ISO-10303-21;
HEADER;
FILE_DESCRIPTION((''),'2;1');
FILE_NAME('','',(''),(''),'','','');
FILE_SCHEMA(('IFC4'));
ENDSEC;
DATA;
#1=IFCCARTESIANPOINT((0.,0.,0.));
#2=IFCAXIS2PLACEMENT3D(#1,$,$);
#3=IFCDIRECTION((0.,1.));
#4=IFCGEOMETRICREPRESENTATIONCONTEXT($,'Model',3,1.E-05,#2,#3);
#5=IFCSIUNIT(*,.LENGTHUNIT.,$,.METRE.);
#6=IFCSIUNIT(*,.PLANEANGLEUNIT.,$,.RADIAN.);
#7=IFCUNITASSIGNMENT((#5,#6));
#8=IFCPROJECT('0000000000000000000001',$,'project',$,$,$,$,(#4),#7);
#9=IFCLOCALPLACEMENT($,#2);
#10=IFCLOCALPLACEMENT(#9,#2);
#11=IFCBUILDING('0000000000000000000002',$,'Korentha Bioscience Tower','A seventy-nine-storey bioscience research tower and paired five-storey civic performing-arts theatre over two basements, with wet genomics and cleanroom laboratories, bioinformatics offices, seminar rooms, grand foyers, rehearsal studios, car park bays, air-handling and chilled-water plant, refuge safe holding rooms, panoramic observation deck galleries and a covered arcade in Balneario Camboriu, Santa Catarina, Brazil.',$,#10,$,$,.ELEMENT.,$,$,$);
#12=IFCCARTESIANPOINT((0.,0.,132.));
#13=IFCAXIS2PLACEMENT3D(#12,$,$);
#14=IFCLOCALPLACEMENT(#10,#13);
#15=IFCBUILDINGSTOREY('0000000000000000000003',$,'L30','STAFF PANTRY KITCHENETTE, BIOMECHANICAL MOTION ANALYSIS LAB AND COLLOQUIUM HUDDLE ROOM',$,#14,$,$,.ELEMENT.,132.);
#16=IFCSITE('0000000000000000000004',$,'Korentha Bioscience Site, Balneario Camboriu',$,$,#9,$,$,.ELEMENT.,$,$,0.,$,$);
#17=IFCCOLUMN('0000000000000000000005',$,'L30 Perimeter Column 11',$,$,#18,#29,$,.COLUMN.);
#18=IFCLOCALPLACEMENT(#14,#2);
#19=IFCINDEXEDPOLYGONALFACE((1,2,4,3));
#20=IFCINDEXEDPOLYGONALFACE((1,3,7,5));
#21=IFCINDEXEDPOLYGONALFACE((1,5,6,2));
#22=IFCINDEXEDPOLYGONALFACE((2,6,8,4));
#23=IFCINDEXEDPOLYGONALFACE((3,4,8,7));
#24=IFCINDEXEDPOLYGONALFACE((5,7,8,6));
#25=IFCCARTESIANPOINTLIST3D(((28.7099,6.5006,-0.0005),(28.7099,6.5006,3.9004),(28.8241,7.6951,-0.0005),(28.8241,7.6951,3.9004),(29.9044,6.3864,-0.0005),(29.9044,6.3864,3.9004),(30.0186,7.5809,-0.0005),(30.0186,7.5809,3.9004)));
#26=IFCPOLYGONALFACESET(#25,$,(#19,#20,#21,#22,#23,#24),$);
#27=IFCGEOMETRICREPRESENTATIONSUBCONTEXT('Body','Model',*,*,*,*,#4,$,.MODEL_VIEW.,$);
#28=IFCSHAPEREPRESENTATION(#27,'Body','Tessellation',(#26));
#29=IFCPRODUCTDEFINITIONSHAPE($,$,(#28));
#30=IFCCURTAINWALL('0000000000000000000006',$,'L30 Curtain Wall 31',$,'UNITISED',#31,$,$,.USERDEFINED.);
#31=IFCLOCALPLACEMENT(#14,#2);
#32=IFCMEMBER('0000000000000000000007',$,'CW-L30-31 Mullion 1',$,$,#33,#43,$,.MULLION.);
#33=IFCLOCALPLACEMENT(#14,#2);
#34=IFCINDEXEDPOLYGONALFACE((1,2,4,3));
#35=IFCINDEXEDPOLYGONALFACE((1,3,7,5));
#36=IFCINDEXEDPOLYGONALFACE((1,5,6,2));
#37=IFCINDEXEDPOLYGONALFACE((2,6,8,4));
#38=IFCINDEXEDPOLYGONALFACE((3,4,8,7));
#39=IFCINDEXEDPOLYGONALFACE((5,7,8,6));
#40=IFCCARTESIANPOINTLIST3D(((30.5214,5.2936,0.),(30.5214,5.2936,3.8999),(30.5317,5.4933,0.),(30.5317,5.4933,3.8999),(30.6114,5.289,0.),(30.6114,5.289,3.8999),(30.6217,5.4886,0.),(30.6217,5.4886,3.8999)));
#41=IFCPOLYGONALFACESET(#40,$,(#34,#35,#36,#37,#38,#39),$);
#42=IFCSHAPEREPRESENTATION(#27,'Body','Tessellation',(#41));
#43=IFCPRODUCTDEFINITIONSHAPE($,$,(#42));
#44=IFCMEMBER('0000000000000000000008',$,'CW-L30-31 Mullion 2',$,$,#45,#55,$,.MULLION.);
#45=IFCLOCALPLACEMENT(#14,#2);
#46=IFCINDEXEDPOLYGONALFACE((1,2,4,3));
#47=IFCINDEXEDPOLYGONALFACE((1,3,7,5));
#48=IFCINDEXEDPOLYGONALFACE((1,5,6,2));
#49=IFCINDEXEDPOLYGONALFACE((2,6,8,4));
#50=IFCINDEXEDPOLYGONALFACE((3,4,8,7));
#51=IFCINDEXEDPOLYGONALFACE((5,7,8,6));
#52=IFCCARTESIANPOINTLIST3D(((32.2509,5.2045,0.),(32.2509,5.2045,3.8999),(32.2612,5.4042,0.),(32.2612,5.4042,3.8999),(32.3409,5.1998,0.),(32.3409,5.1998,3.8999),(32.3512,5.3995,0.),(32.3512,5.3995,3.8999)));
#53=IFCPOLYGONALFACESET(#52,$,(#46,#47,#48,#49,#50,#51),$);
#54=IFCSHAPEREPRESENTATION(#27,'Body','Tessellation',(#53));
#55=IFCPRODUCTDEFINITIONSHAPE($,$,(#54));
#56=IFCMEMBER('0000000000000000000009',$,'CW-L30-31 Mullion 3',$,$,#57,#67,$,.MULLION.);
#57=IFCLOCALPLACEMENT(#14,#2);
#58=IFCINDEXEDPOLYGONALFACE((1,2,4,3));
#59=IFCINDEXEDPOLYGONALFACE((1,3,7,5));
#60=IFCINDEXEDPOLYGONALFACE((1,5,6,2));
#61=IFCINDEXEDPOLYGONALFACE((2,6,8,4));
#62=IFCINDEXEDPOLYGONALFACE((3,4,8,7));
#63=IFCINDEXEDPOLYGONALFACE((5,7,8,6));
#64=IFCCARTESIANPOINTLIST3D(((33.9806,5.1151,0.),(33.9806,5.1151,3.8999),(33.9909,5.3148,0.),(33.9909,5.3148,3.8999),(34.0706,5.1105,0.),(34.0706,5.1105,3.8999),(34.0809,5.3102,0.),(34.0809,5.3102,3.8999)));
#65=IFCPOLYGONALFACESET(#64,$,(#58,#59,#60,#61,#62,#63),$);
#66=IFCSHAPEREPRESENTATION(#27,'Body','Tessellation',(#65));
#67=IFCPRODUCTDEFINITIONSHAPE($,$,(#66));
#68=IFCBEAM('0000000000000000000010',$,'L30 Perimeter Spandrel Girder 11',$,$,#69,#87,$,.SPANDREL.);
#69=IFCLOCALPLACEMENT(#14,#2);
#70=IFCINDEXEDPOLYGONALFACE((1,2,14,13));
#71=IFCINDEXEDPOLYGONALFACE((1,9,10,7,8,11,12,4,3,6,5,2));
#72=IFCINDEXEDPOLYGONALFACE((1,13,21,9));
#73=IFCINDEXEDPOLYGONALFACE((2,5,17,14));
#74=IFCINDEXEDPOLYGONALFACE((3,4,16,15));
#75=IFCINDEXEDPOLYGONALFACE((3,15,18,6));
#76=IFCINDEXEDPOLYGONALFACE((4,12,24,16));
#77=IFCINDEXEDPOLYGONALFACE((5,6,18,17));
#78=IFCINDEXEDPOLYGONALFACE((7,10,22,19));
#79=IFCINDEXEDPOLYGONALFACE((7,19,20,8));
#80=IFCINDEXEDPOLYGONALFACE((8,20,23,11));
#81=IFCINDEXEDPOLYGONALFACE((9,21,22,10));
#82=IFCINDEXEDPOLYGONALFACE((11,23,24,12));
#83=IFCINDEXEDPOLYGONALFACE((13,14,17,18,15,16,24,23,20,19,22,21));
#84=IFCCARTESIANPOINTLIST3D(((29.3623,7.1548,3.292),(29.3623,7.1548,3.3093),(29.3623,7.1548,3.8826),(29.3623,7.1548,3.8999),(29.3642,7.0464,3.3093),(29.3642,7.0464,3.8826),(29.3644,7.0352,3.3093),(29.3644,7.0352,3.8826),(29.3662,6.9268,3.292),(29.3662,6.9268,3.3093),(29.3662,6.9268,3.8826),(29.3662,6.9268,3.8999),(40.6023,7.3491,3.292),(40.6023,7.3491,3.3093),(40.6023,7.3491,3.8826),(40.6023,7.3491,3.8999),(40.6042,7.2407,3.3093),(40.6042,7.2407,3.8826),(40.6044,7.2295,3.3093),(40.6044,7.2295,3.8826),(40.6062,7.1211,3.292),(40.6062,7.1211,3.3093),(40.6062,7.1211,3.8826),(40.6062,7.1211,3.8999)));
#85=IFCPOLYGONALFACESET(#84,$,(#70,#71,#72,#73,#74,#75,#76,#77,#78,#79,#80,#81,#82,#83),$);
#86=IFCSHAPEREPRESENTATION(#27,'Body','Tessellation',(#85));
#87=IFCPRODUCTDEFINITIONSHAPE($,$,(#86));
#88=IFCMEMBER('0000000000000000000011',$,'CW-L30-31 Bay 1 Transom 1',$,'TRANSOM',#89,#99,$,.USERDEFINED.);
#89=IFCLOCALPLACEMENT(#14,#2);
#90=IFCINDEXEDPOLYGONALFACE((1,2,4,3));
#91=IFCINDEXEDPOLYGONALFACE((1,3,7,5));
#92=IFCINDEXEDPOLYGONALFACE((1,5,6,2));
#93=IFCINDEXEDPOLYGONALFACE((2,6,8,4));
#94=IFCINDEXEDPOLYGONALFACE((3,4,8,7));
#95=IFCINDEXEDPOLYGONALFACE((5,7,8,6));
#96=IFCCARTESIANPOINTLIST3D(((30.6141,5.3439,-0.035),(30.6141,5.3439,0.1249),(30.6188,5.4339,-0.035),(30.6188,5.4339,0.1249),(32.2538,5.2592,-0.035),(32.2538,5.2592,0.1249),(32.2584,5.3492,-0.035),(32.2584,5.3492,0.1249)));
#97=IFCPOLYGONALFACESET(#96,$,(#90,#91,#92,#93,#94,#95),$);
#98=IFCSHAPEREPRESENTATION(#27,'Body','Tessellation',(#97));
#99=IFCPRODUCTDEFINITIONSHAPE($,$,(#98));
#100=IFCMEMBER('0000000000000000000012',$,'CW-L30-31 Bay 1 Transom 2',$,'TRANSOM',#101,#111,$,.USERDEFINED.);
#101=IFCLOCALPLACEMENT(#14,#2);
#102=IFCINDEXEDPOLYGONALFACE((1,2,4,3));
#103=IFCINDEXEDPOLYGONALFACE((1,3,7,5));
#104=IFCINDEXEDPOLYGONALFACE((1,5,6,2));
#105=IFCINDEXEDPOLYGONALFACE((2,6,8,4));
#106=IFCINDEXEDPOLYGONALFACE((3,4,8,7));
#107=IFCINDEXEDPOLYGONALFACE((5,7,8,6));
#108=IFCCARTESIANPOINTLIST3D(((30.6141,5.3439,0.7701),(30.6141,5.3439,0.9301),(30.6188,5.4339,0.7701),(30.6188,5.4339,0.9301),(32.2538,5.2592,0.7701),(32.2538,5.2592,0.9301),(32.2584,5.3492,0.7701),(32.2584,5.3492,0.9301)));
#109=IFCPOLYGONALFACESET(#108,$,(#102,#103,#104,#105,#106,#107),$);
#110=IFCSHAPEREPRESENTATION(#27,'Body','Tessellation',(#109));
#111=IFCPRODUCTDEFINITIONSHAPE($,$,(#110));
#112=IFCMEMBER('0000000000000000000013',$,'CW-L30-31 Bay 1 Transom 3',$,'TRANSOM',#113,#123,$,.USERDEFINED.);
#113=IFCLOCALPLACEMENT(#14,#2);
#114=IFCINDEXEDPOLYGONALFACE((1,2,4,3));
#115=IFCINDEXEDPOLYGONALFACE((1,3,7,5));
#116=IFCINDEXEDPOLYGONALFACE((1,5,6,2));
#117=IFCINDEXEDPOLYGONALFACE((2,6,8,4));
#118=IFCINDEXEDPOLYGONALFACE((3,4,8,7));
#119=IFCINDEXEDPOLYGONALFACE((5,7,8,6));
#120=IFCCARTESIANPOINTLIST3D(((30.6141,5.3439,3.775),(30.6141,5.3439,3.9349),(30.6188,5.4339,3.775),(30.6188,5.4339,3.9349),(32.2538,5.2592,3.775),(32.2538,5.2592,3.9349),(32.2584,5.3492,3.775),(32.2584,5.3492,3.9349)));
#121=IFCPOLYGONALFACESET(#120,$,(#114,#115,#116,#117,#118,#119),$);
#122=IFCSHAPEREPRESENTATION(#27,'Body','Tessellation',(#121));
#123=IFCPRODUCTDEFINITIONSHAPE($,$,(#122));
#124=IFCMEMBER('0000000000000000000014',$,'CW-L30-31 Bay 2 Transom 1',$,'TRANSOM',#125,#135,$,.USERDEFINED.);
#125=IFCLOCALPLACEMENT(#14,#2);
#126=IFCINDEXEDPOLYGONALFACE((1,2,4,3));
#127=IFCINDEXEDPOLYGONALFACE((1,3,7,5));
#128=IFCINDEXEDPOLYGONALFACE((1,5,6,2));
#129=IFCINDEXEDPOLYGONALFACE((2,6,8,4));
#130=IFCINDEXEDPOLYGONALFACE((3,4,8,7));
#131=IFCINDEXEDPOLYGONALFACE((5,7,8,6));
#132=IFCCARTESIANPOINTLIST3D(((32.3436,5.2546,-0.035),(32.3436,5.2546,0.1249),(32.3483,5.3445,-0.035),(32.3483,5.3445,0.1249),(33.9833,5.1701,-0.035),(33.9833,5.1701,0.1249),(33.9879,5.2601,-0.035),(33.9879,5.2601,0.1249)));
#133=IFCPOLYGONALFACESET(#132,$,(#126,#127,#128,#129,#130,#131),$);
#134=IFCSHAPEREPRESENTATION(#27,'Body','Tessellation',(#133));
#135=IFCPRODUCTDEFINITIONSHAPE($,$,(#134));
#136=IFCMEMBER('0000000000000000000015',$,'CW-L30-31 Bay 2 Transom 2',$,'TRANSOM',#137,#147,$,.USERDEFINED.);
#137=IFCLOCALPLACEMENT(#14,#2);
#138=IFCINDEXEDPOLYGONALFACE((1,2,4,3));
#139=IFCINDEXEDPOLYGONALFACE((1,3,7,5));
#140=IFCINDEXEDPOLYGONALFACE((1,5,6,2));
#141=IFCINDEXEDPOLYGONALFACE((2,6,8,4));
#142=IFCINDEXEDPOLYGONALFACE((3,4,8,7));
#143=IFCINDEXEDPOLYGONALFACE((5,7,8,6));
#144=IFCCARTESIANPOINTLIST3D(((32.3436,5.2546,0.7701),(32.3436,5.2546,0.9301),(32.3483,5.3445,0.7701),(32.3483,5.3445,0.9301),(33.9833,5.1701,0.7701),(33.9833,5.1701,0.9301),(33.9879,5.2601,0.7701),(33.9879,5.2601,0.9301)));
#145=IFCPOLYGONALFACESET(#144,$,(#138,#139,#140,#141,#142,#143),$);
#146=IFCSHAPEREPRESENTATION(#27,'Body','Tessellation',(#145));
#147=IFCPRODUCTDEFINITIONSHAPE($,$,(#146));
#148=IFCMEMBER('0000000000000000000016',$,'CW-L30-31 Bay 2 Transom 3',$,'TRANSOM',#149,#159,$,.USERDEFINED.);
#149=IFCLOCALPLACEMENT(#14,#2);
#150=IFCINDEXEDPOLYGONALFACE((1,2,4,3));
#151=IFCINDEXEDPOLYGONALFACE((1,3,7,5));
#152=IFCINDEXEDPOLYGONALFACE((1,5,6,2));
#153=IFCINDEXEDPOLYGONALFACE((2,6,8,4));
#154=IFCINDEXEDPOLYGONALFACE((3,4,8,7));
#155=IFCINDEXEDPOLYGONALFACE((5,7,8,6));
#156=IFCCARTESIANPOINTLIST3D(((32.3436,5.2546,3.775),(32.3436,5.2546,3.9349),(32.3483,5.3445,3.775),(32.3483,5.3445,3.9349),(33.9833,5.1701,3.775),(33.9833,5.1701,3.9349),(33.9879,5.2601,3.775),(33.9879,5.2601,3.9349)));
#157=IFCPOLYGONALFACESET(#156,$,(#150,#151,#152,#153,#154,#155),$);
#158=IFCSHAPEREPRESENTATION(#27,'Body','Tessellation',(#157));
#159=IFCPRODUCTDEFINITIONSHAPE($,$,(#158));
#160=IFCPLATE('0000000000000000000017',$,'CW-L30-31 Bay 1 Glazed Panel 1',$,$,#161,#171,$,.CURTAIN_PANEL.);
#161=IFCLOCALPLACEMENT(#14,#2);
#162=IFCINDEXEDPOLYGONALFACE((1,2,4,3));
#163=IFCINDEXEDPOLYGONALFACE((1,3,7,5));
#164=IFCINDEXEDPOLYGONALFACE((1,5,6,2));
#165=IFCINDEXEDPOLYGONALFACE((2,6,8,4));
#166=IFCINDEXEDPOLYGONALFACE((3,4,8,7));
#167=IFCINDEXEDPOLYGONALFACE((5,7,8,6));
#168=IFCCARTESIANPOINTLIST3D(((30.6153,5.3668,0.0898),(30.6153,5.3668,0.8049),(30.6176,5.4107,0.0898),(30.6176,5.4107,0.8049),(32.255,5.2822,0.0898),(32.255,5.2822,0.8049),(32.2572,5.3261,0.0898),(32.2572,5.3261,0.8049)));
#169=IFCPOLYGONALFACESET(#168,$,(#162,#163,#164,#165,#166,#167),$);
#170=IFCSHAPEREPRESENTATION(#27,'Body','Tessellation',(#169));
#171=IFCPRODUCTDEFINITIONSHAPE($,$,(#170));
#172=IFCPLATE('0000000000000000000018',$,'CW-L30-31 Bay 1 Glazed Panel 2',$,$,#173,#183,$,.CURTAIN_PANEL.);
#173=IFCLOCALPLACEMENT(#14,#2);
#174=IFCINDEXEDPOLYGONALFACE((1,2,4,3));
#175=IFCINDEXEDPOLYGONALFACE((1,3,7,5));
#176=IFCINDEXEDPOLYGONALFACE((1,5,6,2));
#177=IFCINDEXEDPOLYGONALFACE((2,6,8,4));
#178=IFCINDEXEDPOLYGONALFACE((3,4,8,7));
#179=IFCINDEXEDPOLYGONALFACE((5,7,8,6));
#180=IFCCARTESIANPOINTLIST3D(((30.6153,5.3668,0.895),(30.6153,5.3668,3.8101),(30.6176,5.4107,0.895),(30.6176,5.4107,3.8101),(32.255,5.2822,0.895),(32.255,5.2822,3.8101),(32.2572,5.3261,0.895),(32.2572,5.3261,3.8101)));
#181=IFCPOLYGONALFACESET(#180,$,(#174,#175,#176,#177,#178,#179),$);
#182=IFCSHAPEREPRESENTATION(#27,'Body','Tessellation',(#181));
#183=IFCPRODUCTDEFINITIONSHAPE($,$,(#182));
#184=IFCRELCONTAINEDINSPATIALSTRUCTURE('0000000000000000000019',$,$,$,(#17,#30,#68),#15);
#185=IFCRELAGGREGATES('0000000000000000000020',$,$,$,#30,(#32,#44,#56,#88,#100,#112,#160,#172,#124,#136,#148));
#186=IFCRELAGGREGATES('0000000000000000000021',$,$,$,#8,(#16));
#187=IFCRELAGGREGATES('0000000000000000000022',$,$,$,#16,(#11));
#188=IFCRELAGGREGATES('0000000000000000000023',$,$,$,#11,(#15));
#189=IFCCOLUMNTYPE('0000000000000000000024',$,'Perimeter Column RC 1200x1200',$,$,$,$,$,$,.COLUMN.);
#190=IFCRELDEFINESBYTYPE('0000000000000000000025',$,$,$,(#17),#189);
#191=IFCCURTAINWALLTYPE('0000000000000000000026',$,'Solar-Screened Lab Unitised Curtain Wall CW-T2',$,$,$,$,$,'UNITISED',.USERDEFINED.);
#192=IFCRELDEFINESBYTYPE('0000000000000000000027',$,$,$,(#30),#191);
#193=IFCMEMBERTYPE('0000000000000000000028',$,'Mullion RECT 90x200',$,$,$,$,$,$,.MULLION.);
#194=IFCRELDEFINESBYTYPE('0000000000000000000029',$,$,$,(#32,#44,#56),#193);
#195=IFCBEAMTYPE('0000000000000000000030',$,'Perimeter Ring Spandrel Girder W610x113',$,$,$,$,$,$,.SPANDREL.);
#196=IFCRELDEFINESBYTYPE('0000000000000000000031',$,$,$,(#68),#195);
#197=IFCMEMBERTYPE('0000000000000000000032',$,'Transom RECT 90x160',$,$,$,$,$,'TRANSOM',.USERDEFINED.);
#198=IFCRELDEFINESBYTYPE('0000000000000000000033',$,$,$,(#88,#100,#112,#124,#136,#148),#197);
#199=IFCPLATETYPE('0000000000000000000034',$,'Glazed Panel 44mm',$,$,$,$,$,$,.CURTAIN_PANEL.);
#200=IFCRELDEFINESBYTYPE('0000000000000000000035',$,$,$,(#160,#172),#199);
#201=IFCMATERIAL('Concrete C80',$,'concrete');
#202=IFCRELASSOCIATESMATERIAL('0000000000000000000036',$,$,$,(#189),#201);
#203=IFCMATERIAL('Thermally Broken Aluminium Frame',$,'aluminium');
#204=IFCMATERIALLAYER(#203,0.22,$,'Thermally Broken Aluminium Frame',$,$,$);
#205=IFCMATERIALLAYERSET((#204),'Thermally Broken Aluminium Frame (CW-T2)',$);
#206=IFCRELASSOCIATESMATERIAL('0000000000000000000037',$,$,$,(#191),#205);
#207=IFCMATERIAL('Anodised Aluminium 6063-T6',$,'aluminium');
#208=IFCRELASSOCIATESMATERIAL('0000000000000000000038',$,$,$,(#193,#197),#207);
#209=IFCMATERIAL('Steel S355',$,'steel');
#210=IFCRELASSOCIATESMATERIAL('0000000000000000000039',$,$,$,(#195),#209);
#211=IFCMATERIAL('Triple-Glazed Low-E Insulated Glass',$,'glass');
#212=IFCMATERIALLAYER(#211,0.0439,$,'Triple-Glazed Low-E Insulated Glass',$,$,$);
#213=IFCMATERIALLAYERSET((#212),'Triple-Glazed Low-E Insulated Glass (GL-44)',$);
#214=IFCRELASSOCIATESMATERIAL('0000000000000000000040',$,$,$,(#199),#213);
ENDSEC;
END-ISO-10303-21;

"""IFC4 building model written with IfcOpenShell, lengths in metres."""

from ifc_helpers import new_model, si_unit, direction, frame, origin, origin_2d, place, context, subcontext, project, spatial, rectangle, i_section, extrude, material, layer, layer_set, material_profile, profile_set, type_object, element, aggregate, save


model = new_model("IFC4")

# Units and contexts
model_context = context("Model", 3, precision=1e-05, world=origin(), true_north=direction((0.0, 1.0)))
body_context = subcontext(model_context, "Body", "Model", "MODEL_VIEW")
ifc_project = project(units=[si_unit("LENGTHUNIT", "METRE"), si_unit("PLANEANGLEUNIT", "RADIAN")], contexts=[model_context])

# Site, building, storey
site_placement = place(None, origin())
site = spatial("IfcSite", under=ifc_project, at=site_placement, Name="Korentha Bioscience Site, Balneario Camboriu", CompositionType="ELEMENT", RefElevation=0.0)
building_placement = place(site_placement, origin())
building = spatial("IfcBuilding", under=site, at=building_placement, Name="Korentha Bioscience Tower", Description="A seventy-nine-storey bioscience research tower and paired five-storey civic performing-arts theatre over two basements, with wet genomics and cleanroom laboratories, bioinformatics offices, seminar rooms, grand foyers, rehearsal studios, car park bays, air-handling and chilled-water plant, refuge safe holding rooms, panoramic observation deck galleries and a covered arcade in Balneario Camboriu, Santa Catarina, Brazil.", CompositionType="ELEMENT")
storey_placement = place(building_placement, frame((0.0, 0.0, 132.0)))
storey = spatial("IfcBuildingStorey", under=building, at=storey_placement, Name="L30", Description="STAFF PANTRY KITCHENETTE, BIOMECHANICAL MOTION ANALYSIS LAB AND COLLOQUIUM HUDDLE ROOM", CompositionType="ELEMENT", Elevation=132.0)

# Column
ifc_material_1 = material(Name="Concrete C80", Category="concrete")
ifc_material_profile_1 = material_profile(ifc_material_1, rectangle(XDim=1.2, YDim=1.2, at=origin_2d()), Name="Concrete C80")
ifc_profile_set_1 = profile_set([ifc_material_profile_1], Name="Concrete C80 (COL-P12)")
column_type = type_object("IfcColumnType", Name="Perimeter Column RC 1200x1200", PredefinedType="COLUMN", material=ifc_profile_set_1)
column_placement = place(storey_placement, frame((29.3643, 7.0408, -0.0005), z_axis=(0.0, 0.0, 1.0), x_axis=(-0.995463, 0.095151, 0.0)))
element("IfcColumn", 1, at=column_placement, inside=storey, type_object=column_type, Name="L30 Perimeter Column 11", PredefinedType="COLUMN", context=body_context, shape_type="SweptSolid", body=[
    extrude(rectangle(XDim=1.2, YDim=1.2, at=origin_2d()), origin(), (0.0, 0.0, 1.0), 3.9009),
])

# Curtain wall, members
ifc_material_2 = material(Name="Thermally Broken Aluminium Frame", Category="aluminium")
ifc_layer_1 = layer(ifc_material_2, 0.22, Name="Thermally Broken Aluminium Frame")
ifc_layer_set_1 = layer_set([ifc_layer_1], Name="Thermally Broken Aluminium Frame (CW-T2)")
curtain_wall_type = type_object("IfcCurtainWallType", Name="Solar-Screened Lab Unitised Curtain Wall CW-T2", ElementType="UNITISED", PredefinedType="USERDEFINED", material=ifc_layer_set_1)
curtain_wall_placement = place(storey_placement, origin())
curtain_wall = element("IfcCurtainWall", 2, at=curtain_wall_placement, inside=storey, type_object=curtain_wall_type, Name="L30 Curtain Wall 31", ObjectType="UNITISED", PredefinedType="USERDEFINED")
ifc_material_3 = material(Name="Anodised Aluminium 6063-T6", Category="aluminium")
ifc_material_profile_2 = material_profile(ifc_material_3, rectangle(XDim=0.0901, YDim=0.2, at=origin_2d()), Name="Anodised Aluminium 6063-T6")
ifc_profile_set_2 = profile_set([ifc_material_profile_2], Name="Anodised Aluminium 6063-T6 (CW-MUL)")
member_type_1 = type_object("IfcMemberType", Name="Mullion RECT 90x200", PredefinedType="MULLION", material=ifc_profile_set_2)
member_1_placement = place(storey_placement, frame((30.5715, 5.3911, 0.0), z_axis=(0.0, 0.0, 1.0), x_axis=(0.998673, -0.051495, 0.0)))
member_1 = element("IfcMember", 3, at=member_1_placement, type_object=member_type_1, Name="CW-L30-31 Mullion 1", PredefinedType="MULLION", context=body_context, shape_type="SweptSolid", body=[
    extrude(rectangle(XDim=0.0901, YDim=0.2, at=origin_2d()), origin(), (0.0, 0.0, 1.0), 3.8999),
])
member_2_placement = place(storey_placement, frame((32.301, 5.302, 0.0), z_axis=(0.0, 0.0, 1.0), x_axis=(0.998673, -0.051495, 0.0)))
member_2 = element("IfcMember", 4, at=member_2_placement, type_object=member_type_1, Name="CW-L30-31 Mullion 2", PredefinedType="MULLION", context=body_context, shape_type="SweptSolid", body=[
    extrude(rectangle(XDim=0.0901, YDim=0.2, at=origin_2d()), origin(), (0.0, 0.0, 1.0), 3.8999),
])
member_3_placement = place(storey_placement, frame((34.0308, 5.2126, 0.0), z_axis=(0.0, 0.0, 1.0), x_axis=(0.998673, -0.051495, 0.0)))
member_3 = element("IfcMember", 5, at=member_3_placement, type_object=member_type_1, Name="CW-L30-31 Mullion 3", PredefinedType="MULLION", context=body_context, shape_type="SweptSolid", body=[
    extrude(rectangle(XDim=0.0901, YDim=0.2, at=origin_2d()), origin(), (0.0, 0.0, 1.0), 3.8999),
])

# Beam
ifc_material_4 = material(Name="Steel S355", Category="steel")
ifc_material_profile_3 = material_profile(ifc_material_4, i_section(OverallWidth=0.228, OverallDepth=0.6079, WebThickness=0.0112, FlangeThickness=0.0173, at=origin_2d()), Name="Steel S355")
ifc_profile_set_3 = profile_set([ifc_material_profile_3], Name="Steel S355 (SB-610)")
beam_type = type_object("IfcBeamType", Name="Perimeter Ring Spandrel Girder W610x113", PredefinedType="SPANDREL", material=ifc_profile_set_3)
beam_placement = place(storey_placement, frame((29.3643, 7.0408, 3.5959), z_axis=(0.999851, 0.017287, 0.0), x_axis=(-0.017287, 0.999851, 0.0)))
element("IfcBeam", 6, at=beam_placement, inside=storey, type_object=beam_type, Name="L30 Perimeter Spandrel Girder 11", PredefinedType="SPANDREL", context=body_context, shape_type="SweptSolid", body=[
    extrude(i_section(OverallWidth=0.228, OverallDepth=0.6079, WebThickness=0.0112, FlangeThickness=0.0173, at=origin_2d()), origin(), (0.0, 0.0, 1.0), 11.2417),
])

# Members
ifc_material_profile_4 = material_profile(ifc_material_3, rectangle(XDim=0.0901, YDim=0.1599, at=origin_2d()), Name="Anodised Aluminium 6063-T6")
ifc_profile_set_4 = profile_set([ifc_material_profile_4], Name="Anodised Aluminium 6063-T6 (CW-TRN)")
member_type_2 = type_object("IfcMemberType", Name="Transom RECT 90x160", ElementType="TRANSOM", PredefinedType="USERDEFINED", material=ifc_profile_set_4)
member_4_placement = place(storey_placement, frame((30.6165, 5.3889, 0.0449), z_axis=(0.998668, -0.051599, 0.0), x_axis=(0.051599, 0.998668, 0.0)))
member_4 = element("IfcMember", 7, at=member_4_placement, type_object=member_type_2, Name="CW-L30-31 Bay 1 Transom 1", ObjectType="TRANSOM", PredefinedType="USERDEFINED", context=body_context, shape_type="SweptSolid", body=[
    extrude(rectangle(XDim=0.0901, YDim=0.1599, at=origin_2d()), origin(), (0.0, 0.0, 1.0), 1.6418),
])
member_5_placement = place(storey_placement, frame((30.6165, 5.3889, 0.8501), z_axis=(0.998668, -0.051599, 0.0), x_axis=(0.051599, 0.998668, 0.0)))
member_5 = element("IfcMember", 8, at=member_5_placement, type_object=member_type_2, Name="CW-L30-31 Bay 1 Transom 2", ObjectType="TRANSOM", PredefinedType="USERDEFINED", context=body_context, shape_type="SweptSolid", body=[
    extrude(rectangle(XDim=0.0901, YDim=0.1599, at=origin_2d()), origin(), (0.0, 0.0, 1.0), 1.6418),
])
member_6_placement = place(storey_placement, frame((30.6165, 5.3889, 3.855), z_axis=(0.998668, -0.051599, 0.0), x_axis=(0.051599, 0.998668, 0.0)))
member_6 = element("IfcMember", 9, at=member_6_placement, type_object=member_type_2, Name="CW-L30-31 Bay 1 Transom 3", ObjectType="TRANSOM", PredefinedType="USERDEFINED", context=body_context, shape_type="SweptSolid", body=[
    extrude(rectangle(XDim=0.0901, YDim=0.1599, at=origin_2d()), origin(), (0.0, 0.0, 1.0), 1.6418),
])
member_7_placement = place(storey_placement, frame((32.3459, 5.2996, 0.0449), z_axis=(0.998676, -0.051451, 0.0), x_axis=(0.051451, 0.998676, 0.0)))
member_7 = element("IfcMember", 10, at=member_7_placement, type_object=member_type_2, Name="CW-L30-31 Bay 2 Transom 1", ObjectType="TRANSOM", PredefinedType="USERDEFINED", context=body_context, shape_type="SweptSolid", body=[
    extrude(rectangle(XDim=0.0901, YDim=0.1599, at=origin_2d()), origin(), (0.0, 0.0, 1.0), 1.6418),
])
member_8_placement = place(storey_placement, frame((32.3459, 5.2996, 0.8501), z_axis=(0.998676, -0.051451, 0.0), x_axis=(0.051451, 0.998676, 0.0)))
member_8 = element("IfcMember", 11, at=member_8_placement, type_object=member_type_2, Name="CW-L30-31 Bay 2 Transom 2", ObjectType="TRANSOM", PredefinedType="USERDEFINED", context=body_context, shape_type="SweptSolid", body=[
    extrude(rectangle(XDim=0.0901, YDim=0.1599, at=origin_2d()), origin(), (0.0, 0.0, 1.0), 1.6418),
])
member_9_placement = place(storey_placement, frame((32.3459, 5.2996, 3.855), z_axis=(0.998676, -0.051451, 0.0), x_axis=(0.051451, 0.998676, 0.0)))
member_9 = element("IfcMember", 12, at=member_9_placement, type_object=member_type_2, Name="CW-L30-31 Bay 2 Transom 3", ObjectType="TRANSOM", PredefinedType="USERDEFINED", context=body_context, shape_type="SweptSolid", body=[
    extrude(rectangle(XDim=0.0901, YDim=0.1599, at=origin_2d()), origin(), (0.0, 0.0, 1.0), 1.6418),
])

# Plates
ifc_material_5 = material(Name="Triple-Glazed Low-E Insulated Glass", Category="glass")
ifc_layer_2 = layer(ifc_material_5, 0.0439, Name="Triple-Glazed Low-E Insulated Glass")
ifc_layer_set_2 = layer_set([ifc_layer_2], Name="Triple-Glazed Low-E Insulated Glass (GL-44)")
plate_type = type_object("IfcPlateType", Name="Glazed Panel 44mm", PredefinedType="CURTAIN_PANEL", material=ifc_layer_set_2)
plate_1_placement = place(storey_placement, frame((31.4363, 5.3464, 0.0898), z_axis=(0.0, 0.0, 1.0), x_axis=(0.998673, -0.051495, 0.0)))
plate_1 = element("IfcPlate", 13, at=plate_1_placement, type_object=plate_type, Name="CW-L30-31 Bay 1 Glazed Panel 1", PredefinedType="CURTAIN_PANEL", context=body_context, shape_type="SweptSolid", body=[
    extrude(rectangle(XDim=1.6418, YDim=0.0439, at=origin_2d()), origin(), (0.0, 0.0, 1.0), 0.7151),
])
plate_2_placement = place(storey_placement, frame((31.4363, 5.3464, 0.895), z_axis=(0.0, 0.0, 1.0), x_axis=(0.998673, -0.051495, 0.0)))
plate_2 = element("IfcPlate", 14, at=plate_2_placement, type_object=plate_type, Name="CW-L30-31 Bay 1 Glazed Panel 2", PredefinedType="CURTAIN_PANEL", context=body_context, shape_type="SweptSolid", body=[
    extrude(rectangle(XDim=1.6418, YDim=0.0439, at=origin_2d()), origin(), (0.0, 0.0, 1.0), 2.915),
])
aggregate(curtain_wall, [member_1, member_2, member_3, member_4, member_5, member_6, plate_1, plate_2, member_7, member_8, member_9])

save(model, "model.ifc")
